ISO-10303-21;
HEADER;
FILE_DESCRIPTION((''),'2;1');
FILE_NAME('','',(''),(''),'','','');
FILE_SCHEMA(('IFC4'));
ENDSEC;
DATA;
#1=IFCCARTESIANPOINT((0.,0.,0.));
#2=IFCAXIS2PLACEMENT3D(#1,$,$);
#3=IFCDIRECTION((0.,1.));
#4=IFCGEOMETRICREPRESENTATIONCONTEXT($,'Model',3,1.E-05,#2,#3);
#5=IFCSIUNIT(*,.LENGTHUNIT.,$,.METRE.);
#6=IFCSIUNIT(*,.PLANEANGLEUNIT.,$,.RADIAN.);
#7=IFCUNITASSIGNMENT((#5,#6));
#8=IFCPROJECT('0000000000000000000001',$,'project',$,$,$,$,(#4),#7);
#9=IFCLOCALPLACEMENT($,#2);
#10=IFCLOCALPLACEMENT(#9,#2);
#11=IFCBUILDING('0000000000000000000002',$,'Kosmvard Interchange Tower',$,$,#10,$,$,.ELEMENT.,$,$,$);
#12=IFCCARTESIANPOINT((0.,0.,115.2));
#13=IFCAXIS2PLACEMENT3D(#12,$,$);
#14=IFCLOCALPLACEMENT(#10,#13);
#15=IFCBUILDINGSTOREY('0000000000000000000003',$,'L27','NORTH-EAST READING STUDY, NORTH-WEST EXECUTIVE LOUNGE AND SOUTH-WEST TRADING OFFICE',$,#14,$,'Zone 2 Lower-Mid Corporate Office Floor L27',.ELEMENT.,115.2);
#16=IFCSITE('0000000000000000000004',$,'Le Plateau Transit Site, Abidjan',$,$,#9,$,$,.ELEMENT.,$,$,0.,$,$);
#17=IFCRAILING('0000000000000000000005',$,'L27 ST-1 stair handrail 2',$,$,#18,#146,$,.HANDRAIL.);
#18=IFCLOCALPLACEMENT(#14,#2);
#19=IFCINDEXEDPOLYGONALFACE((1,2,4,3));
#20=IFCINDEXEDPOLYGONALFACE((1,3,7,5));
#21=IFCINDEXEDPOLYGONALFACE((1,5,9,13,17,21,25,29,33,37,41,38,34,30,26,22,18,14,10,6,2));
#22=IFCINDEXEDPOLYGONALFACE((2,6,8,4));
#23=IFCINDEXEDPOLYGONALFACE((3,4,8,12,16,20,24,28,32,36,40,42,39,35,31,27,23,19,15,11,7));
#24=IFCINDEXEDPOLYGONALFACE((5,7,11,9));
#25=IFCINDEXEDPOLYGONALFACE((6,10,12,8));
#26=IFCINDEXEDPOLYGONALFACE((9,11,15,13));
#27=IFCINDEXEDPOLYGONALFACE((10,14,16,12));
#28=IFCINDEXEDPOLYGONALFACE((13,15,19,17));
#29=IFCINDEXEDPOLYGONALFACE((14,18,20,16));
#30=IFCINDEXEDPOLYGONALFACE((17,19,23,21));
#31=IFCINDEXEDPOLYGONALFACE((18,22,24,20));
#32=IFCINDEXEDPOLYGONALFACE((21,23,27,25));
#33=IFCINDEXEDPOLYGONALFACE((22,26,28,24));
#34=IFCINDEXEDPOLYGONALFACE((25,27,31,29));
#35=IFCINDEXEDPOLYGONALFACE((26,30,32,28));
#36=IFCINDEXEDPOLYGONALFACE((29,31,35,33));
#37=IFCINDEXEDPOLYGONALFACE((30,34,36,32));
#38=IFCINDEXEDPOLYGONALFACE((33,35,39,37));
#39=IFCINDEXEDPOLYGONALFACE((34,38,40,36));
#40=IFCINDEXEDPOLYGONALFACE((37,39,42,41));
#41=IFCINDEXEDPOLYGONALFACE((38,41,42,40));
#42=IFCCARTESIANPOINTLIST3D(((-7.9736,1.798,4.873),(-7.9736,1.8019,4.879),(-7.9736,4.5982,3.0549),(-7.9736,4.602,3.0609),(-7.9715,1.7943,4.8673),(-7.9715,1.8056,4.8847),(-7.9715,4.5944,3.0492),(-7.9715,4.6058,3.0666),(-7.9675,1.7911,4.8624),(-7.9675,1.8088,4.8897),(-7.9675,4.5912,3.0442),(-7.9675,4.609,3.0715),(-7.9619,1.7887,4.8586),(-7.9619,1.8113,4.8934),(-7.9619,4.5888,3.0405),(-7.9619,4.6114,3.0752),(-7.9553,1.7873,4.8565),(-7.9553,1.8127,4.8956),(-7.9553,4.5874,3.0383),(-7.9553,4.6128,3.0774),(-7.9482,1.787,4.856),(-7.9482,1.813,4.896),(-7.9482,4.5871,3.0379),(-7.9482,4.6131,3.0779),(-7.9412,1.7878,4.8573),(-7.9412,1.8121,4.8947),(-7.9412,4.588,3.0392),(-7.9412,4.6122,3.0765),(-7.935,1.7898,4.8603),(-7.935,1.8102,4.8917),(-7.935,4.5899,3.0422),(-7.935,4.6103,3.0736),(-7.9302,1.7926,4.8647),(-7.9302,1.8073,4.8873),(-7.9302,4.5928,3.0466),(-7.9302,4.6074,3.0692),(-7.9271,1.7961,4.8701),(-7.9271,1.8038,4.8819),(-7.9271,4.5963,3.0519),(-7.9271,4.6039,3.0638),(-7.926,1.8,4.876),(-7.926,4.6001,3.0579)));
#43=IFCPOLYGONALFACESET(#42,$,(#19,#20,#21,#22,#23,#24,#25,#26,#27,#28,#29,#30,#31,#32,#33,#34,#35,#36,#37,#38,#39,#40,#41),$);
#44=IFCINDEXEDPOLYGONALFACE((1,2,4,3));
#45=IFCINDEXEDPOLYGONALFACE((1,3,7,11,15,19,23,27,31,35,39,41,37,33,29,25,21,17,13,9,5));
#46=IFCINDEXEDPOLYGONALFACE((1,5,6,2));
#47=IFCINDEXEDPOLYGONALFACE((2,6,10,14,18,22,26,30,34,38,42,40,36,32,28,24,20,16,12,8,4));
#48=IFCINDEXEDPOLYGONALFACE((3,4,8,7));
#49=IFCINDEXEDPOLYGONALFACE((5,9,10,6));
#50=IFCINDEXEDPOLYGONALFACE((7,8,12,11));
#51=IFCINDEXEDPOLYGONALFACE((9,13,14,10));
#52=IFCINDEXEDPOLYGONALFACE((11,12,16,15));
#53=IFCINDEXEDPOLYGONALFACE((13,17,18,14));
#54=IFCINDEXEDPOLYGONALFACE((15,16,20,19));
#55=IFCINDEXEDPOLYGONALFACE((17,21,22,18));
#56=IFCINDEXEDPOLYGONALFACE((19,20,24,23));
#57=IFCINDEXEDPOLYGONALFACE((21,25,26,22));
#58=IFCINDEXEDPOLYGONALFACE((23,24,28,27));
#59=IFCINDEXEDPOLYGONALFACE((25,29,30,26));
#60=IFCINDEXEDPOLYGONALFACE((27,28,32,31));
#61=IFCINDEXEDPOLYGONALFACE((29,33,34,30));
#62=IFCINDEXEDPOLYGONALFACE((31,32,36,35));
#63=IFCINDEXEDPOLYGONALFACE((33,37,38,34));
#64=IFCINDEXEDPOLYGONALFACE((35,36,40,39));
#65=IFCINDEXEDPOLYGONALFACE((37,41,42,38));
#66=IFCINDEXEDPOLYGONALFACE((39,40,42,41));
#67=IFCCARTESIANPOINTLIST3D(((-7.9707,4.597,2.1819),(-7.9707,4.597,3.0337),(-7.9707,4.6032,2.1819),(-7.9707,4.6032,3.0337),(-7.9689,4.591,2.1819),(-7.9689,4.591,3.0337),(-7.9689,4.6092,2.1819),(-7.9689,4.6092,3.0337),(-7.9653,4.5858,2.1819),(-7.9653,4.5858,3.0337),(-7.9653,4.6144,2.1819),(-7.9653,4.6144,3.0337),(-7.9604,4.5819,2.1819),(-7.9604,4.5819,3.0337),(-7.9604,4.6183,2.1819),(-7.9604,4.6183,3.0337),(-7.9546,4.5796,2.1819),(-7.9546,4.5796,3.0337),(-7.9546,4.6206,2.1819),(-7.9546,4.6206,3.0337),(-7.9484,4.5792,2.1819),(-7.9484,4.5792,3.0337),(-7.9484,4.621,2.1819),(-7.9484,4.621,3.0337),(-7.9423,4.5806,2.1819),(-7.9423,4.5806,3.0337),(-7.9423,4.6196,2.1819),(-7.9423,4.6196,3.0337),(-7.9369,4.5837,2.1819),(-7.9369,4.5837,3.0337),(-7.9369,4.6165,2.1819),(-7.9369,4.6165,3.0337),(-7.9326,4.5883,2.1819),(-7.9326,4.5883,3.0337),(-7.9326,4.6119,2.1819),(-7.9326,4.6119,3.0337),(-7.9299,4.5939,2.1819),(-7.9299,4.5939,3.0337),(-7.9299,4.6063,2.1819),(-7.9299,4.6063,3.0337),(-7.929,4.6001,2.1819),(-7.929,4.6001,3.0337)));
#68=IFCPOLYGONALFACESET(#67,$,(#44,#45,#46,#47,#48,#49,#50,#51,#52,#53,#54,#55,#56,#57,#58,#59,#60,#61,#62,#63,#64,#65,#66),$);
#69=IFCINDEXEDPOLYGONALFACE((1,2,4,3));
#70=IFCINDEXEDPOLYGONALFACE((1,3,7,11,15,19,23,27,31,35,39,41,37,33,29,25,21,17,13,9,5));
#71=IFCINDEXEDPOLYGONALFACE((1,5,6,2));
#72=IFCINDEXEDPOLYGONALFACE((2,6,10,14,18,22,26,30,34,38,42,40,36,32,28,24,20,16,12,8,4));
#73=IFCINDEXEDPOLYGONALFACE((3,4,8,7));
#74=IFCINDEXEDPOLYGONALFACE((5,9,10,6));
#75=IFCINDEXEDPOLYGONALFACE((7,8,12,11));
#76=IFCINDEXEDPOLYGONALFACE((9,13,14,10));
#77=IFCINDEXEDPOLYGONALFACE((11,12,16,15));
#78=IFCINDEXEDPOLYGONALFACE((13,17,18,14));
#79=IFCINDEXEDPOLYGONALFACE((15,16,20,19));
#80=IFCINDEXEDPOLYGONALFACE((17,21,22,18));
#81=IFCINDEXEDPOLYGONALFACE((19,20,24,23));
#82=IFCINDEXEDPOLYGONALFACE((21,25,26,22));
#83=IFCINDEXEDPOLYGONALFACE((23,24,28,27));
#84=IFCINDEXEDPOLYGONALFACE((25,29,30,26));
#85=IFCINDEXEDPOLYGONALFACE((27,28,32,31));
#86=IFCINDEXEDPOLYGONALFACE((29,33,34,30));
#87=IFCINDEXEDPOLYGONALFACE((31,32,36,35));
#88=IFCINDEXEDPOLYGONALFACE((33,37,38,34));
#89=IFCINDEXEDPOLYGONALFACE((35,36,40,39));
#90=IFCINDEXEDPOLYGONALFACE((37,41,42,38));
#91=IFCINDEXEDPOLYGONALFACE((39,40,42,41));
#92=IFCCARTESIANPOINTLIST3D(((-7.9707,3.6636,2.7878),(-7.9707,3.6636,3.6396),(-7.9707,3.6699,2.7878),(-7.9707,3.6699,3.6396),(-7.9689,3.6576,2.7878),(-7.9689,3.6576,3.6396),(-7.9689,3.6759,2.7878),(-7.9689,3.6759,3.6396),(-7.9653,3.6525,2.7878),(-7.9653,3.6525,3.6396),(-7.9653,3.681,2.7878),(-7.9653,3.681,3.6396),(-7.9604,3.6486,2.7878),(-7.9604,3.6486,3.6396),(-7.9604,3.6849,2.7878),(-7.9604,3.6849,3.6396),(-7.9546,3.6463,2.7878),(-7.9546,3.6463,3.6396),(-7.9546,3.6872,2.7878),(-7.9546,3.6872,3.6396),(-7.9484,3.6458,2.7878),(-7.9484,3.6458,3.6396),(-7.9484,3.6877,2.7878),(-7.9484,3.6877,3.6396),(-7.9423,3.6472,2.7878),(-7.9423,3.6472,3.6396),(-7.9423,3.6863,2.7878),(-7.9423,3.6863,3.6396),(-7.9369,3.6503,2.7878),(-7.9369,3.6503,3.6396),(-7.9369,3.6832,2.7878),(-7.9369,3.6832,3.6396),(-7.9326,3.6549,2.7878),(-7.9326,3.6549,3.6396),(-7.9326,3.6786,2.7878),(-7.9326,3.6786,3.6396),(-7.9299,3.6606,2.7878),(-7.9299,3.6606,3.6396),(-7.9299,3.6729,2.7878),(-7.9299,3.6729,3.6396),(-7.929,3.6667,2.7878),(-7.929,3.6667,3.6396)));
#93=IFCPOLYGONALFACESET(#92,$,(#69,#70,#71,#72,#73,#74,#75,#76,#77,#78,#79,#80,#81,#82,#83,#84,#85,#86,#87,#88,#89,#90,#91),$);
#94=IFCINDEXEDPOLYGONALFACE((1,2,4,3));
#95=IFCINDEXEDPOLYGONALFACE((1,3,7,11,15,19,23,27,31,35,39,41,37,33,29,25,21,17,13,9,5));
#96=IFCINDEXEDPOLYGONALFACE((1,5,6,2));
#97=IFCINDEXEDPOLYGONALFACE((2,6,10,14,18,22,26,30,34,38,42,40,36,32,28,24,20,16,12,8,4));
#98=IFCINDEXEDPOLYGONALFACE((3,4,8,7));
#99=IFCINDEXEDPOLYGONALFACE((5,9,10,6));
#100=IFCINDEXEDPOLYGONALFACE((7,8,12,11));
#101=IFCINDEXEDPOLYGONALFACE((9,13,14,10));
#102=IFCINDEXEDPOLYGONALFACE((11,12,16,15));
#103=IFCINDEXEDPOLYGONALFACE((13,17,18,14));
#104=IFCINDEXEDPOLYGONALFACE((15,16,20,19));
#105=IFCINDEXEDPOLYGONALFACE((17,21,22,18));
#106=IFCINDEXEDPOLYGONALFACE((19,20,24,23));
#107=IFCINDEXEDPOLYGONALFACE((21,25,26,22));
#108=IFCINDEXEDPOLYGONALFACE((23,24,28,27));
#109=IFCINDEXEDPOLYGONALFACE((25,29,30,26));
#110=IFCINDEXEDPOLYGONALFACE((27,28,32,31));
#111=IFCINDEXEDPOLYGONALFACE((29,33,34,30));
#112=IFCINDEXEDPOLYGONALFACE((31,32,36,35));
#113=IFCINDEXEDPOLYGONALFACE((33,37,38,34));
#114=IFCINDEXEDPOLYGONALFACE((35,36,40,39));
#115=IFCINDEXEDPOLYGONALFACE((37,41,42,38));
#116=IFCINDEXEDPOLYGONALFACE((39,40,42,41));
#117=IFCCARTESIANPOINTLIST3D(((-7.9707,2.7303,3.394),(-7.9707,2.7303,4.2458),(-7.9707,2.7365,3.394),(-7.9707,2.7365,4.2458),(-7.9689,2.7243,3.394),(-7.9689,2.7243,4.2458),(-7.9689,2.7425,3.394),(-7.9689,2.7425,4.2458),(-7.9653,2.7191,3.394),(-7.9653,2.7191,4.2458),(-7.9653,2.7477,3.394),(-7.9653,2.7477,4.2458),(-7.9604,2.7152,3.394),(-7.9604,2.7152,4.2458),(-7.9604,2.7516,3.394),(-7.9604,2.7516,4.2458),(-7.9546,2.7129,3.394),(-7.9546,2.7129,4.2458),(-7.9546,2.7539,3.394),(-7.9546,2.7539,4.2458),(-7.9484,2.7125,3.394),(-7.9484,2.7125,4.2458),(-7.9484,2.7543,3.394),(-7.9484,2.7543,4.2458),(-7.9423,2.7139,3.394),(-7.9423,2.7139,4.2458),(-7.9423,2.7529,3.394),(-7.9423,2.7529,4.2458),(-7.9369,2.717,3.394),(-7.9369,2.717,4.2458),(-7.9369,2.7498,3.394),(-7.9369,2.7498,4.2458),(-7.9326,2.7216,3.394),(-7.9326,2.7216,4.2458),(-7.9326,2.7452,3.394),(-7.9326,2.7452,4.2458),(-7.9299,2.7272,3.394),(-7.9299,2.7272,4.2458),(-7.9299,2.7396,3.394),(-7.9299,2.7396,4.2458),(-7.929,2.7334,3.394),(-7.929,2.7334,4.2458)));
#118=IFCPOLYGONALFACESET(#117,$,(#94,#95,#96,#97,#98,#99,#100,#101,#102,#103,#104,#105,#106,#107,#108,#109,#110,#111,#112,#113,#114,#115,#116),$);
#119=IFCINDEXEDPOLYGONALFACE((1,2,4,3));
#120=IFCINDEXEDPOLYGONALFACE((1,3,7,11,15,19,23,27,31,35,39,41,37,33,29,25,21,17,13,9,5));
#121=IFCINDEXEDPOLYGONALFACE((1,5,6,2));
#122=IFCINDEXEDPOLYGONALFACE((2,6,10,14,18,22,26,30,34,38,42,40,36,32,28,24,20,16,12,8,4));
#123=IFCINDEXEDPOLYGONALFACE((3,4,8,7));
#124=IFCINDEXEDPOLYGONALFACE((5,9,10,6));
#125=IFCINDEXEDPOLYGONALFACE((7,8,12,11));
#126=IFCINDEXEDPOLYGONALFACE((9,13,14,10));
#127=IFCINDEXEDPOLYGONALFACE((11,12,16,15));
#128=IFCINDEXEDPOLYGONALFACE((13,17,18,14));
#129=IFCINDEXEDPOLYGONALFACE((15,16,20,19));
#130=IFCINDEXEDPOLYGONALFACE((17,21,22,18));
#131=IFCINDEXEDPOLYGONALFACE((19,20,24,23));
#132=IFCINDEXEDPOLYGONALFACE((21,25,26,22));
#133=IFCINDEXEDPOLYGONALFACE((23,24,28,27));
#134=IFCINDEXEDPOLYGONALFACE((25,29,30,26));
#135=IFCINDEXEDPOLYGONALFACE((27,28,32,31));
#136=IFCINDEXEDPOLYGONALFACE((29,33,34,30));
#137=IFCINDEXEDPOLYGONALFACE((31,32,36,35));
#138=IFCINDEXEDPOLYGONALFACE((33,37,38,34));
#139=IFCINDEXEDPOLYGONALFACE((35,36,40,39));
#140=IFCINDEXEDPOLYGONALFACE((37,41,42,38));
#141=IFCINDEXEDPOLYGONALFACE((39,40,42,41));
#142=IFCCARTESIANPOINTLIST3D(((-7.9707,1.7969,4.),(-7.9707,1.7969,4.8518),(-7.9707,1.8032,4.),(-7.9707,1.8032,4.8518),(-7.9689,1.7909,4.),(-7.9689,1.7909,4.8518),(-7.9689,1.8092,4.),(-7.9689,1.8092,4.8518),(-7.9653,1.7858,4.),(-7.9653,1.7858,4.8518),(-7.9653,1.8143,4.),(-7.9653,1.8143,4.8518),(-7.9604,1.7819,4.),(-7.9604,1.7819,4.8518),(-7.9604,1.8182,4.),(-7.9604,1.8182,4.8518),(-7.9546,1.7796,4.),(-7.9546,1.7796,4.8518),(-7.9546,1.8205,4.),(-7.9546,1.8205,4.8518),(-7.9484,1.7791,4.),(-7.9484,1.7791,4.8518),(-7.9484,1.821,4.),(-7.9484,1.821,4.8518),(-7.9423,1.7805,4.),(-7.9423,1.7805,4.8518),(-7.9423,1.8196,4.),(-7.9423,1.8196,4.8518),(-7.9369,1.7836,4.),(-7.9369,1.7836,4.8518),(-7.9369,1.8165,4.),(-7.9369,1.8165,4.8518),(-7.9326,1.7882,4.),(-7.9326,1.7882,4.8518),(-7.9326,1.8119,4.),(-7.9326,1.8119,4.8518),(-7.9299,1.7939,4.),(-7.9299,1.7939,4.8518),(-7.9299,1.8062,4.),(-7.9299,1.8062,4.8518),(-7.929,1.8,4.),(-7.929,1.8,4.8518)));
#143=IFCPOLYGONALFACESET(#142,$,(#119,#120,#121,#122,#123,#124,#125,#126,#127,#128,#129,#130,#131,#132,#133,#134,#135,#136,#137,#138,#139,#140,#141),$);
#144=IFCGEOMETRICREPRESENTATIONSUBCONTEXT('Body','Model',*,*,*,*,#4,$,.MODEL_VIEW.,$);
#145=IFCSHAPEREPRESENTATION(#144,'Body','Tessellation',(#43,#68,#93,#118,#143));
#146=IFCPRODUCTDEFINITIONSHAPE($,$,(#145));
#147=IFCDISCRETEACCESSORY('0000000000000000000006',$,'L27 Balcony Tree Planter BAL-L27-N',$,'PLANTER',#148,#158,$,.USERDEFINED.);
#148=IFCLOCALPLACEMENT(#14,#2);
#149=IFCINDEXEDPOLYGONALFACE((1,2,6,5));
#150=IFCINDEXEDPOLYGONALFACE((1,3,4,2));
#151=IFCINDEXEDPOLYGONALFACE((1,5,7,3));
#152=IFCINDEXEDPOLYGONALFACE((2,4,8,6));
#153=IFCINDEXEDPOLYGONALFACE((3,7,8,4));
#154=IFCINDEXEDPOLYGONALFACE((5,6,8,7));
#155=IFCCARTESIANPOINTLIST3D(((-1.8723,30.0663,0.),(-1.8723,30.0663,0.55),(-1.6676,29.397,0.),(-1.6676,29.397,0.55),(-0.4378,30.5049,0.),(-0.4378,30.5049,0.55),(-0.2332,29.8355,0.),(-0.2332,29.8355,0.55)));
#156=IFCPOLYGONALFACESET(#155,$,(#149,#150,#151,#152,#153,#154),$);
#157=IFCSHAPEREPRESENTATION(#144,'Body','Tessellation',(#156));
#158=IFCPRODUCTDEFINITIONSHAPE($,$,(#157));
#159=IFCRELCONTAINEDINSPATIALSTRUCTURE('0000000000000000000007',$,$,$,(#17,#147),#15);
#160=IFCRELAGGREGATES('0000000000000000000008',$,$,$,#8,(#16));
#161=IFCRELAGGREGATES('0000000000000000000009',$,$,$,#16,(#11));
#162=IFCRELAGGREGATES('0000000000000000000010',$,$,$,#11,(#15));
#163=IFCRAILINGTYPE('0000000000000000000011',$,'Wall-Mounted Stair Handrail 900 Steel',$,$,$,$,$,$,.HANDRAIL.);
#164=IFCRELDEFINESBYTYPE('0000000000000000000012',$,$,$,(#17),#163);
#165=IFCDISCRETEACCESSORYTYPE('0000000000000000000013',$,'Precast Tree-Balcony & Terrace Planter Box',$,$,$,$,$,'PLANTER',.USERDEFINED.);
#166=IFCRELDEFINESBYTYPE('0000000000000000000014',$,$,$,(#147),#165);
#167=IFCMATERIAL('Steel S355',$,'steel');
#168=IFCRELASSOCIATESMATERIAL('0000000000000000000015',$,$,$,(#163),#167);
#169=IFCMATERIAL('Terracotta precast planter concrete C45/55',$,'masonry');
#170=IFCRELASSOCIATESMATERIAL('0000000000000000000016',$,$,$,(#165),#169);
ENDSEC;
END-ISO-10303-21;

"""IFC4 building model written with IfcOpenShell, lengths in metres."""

from ifc_helpers import new_model, si_unit, direction, frame, origin, origin_2d, place, context, subcontext, project, spatial, rectangle, circle, extrude, source, transform, mapped, material, type_object, element, save


model = new_model("IFC4")

# Units and contexts
model_context = context("Model", 3, precision=1e-05, world=origin(), true_north=direction((0.0, 1.0)))
body_context = subcontext(model_context, "Body", "Model", "MODEL_VIEW")
ifc_project = project(units=[si_unit("LENGTHUNIT", "METRE"), si_unit("PLANEANGLEUNIT", "RADIAN")], contexts=[model_context])

# Site, building, storey
site_placement = place(None, origin())
site = spatial("IfcSite", under=ifc_project, at=site_placement, Name="Le Plateau Transit Site, Abidjan", CompositionType="ELEMENT", RefElevation=0.0)
building_placement = place(site_placement, origin())
building = spatial("IfcBuilding", under=site, at=building_placement, Name="Kosmvard Interchange Tower", CompositionType="ELEMENT")
storey_placement = place(building_placement, frame((0.0, 0.0, 115.2)))
storey = spatial("IfcBuildingStorey", under=building, at=storey_placement, Name="L27", Description="NORTH-EAST READING STUDY, NORTH-WEST EXECUTIVE LOUNGE AND SOUTH-WEST TRADING OFFICE", LongName="Zone 2 Lower-Mid Corporate Office Floor L27", CompositionType="ELEMENT", Elevation=115.2)

# Shared definitions
ifc_material_1 = material(Name="Steel S355", Category="steel")

# Railing
railing_type_1 = type_object("IfcRailingType", Name="Wall-Mounted Stair Handrail 900 Steel", PredefinedType="HANDRAIL", material=ifc_material_1)
shared_shape_1 = source(origin(), body_context, "Body", "SweptSolid", [
    extrude(circle(Radius=0.0239, at=origin_2d()), frame((0.0, 0.0, 0.876), z_axis=(0.0, -0.838706, 0.544585), x_axis=(1.0, 0.0, 0.0)), (0.0, 0.0, 1.0), 3.3386),
    extrude(circle(Radius=0.021, at=origin_2d()), origin(), (0.0, 0.0, 1.0), 0.8518),
    extrude(circle(Radius=0.021, at=origin_2d()), frame((0.0, -0.9333, 0.606)), (0.0, 0.0, 1.0), 0.8518),
    extrude(circle(Radius=0.021, at=origin_2d()), frame((0.0, -1.8667, 1.2122)), (0.0, 0.0, 1.0), 0.8518),
    extrude(circle(Radius=0.021, at=origin_2d()), frame((0.0, -2.8, 1.8181)), (0.0, 0.0, 1.0), 0.8518),
])
railing_1_placement = place(storey_placement, frame((-7.95, 4.6001, 2.1819)))
element("IfcRailing", 1, at=railing_1_placement, inside=storey, type_object=railing_type_1, Name="L27 ST-1 stair handrail 2", PredefinedType="HANDRAIL", context=body_context, shape_type="MappedRepresentation", body=[
    mapped(shared_shape_1, transform((0.0, 0.0, 0.0), scale=1.0)),
])

# Discrete accessory
ifc_material_2 = material(Name="Terracotta precast planter concrete C45/55", Category="masonry")
discrete_accessory_type = type_object("IfcDiscreteAccessoryType", Name="Precast Tree-Balcony & Terrace Planter Box", ElementType="PLANTER", PredefinedType="USERDEFINED", material=ifc_material_2)
shared_shape_2 = source(origin(), body_context, "Body", "SweptSolid", [
    extrude(rectangle(XDim=1.5, YDim=0.7, at=origin_2d()), origin(), (0.0, 0.0, 1.0), 0.55),
])
discrete_accessory_placement = place(storey_placement, frame((-1.0527, 29.9509, 0.0), z_axis=(0.0, 0.0, 1.0), x_axis=(0.956305, 0.292372, 0.0)))
element("IfcDiscreteAccessory", 2, at=discrete_accessory_placement, inside=storey, type_object=discrete_accessory_type, Name="L27 Balcony Tree Planter BAL-L27-N", ObjectType="PLANTER", PredefinedType="USERDEFINED", context=body_context, shape_type="MappedRepresentation", body=[
    mapped(shared_shape_2, transform((0.0, 0.0, 0.0), scale=1.0)),
])

save(model, "model.ifc")
